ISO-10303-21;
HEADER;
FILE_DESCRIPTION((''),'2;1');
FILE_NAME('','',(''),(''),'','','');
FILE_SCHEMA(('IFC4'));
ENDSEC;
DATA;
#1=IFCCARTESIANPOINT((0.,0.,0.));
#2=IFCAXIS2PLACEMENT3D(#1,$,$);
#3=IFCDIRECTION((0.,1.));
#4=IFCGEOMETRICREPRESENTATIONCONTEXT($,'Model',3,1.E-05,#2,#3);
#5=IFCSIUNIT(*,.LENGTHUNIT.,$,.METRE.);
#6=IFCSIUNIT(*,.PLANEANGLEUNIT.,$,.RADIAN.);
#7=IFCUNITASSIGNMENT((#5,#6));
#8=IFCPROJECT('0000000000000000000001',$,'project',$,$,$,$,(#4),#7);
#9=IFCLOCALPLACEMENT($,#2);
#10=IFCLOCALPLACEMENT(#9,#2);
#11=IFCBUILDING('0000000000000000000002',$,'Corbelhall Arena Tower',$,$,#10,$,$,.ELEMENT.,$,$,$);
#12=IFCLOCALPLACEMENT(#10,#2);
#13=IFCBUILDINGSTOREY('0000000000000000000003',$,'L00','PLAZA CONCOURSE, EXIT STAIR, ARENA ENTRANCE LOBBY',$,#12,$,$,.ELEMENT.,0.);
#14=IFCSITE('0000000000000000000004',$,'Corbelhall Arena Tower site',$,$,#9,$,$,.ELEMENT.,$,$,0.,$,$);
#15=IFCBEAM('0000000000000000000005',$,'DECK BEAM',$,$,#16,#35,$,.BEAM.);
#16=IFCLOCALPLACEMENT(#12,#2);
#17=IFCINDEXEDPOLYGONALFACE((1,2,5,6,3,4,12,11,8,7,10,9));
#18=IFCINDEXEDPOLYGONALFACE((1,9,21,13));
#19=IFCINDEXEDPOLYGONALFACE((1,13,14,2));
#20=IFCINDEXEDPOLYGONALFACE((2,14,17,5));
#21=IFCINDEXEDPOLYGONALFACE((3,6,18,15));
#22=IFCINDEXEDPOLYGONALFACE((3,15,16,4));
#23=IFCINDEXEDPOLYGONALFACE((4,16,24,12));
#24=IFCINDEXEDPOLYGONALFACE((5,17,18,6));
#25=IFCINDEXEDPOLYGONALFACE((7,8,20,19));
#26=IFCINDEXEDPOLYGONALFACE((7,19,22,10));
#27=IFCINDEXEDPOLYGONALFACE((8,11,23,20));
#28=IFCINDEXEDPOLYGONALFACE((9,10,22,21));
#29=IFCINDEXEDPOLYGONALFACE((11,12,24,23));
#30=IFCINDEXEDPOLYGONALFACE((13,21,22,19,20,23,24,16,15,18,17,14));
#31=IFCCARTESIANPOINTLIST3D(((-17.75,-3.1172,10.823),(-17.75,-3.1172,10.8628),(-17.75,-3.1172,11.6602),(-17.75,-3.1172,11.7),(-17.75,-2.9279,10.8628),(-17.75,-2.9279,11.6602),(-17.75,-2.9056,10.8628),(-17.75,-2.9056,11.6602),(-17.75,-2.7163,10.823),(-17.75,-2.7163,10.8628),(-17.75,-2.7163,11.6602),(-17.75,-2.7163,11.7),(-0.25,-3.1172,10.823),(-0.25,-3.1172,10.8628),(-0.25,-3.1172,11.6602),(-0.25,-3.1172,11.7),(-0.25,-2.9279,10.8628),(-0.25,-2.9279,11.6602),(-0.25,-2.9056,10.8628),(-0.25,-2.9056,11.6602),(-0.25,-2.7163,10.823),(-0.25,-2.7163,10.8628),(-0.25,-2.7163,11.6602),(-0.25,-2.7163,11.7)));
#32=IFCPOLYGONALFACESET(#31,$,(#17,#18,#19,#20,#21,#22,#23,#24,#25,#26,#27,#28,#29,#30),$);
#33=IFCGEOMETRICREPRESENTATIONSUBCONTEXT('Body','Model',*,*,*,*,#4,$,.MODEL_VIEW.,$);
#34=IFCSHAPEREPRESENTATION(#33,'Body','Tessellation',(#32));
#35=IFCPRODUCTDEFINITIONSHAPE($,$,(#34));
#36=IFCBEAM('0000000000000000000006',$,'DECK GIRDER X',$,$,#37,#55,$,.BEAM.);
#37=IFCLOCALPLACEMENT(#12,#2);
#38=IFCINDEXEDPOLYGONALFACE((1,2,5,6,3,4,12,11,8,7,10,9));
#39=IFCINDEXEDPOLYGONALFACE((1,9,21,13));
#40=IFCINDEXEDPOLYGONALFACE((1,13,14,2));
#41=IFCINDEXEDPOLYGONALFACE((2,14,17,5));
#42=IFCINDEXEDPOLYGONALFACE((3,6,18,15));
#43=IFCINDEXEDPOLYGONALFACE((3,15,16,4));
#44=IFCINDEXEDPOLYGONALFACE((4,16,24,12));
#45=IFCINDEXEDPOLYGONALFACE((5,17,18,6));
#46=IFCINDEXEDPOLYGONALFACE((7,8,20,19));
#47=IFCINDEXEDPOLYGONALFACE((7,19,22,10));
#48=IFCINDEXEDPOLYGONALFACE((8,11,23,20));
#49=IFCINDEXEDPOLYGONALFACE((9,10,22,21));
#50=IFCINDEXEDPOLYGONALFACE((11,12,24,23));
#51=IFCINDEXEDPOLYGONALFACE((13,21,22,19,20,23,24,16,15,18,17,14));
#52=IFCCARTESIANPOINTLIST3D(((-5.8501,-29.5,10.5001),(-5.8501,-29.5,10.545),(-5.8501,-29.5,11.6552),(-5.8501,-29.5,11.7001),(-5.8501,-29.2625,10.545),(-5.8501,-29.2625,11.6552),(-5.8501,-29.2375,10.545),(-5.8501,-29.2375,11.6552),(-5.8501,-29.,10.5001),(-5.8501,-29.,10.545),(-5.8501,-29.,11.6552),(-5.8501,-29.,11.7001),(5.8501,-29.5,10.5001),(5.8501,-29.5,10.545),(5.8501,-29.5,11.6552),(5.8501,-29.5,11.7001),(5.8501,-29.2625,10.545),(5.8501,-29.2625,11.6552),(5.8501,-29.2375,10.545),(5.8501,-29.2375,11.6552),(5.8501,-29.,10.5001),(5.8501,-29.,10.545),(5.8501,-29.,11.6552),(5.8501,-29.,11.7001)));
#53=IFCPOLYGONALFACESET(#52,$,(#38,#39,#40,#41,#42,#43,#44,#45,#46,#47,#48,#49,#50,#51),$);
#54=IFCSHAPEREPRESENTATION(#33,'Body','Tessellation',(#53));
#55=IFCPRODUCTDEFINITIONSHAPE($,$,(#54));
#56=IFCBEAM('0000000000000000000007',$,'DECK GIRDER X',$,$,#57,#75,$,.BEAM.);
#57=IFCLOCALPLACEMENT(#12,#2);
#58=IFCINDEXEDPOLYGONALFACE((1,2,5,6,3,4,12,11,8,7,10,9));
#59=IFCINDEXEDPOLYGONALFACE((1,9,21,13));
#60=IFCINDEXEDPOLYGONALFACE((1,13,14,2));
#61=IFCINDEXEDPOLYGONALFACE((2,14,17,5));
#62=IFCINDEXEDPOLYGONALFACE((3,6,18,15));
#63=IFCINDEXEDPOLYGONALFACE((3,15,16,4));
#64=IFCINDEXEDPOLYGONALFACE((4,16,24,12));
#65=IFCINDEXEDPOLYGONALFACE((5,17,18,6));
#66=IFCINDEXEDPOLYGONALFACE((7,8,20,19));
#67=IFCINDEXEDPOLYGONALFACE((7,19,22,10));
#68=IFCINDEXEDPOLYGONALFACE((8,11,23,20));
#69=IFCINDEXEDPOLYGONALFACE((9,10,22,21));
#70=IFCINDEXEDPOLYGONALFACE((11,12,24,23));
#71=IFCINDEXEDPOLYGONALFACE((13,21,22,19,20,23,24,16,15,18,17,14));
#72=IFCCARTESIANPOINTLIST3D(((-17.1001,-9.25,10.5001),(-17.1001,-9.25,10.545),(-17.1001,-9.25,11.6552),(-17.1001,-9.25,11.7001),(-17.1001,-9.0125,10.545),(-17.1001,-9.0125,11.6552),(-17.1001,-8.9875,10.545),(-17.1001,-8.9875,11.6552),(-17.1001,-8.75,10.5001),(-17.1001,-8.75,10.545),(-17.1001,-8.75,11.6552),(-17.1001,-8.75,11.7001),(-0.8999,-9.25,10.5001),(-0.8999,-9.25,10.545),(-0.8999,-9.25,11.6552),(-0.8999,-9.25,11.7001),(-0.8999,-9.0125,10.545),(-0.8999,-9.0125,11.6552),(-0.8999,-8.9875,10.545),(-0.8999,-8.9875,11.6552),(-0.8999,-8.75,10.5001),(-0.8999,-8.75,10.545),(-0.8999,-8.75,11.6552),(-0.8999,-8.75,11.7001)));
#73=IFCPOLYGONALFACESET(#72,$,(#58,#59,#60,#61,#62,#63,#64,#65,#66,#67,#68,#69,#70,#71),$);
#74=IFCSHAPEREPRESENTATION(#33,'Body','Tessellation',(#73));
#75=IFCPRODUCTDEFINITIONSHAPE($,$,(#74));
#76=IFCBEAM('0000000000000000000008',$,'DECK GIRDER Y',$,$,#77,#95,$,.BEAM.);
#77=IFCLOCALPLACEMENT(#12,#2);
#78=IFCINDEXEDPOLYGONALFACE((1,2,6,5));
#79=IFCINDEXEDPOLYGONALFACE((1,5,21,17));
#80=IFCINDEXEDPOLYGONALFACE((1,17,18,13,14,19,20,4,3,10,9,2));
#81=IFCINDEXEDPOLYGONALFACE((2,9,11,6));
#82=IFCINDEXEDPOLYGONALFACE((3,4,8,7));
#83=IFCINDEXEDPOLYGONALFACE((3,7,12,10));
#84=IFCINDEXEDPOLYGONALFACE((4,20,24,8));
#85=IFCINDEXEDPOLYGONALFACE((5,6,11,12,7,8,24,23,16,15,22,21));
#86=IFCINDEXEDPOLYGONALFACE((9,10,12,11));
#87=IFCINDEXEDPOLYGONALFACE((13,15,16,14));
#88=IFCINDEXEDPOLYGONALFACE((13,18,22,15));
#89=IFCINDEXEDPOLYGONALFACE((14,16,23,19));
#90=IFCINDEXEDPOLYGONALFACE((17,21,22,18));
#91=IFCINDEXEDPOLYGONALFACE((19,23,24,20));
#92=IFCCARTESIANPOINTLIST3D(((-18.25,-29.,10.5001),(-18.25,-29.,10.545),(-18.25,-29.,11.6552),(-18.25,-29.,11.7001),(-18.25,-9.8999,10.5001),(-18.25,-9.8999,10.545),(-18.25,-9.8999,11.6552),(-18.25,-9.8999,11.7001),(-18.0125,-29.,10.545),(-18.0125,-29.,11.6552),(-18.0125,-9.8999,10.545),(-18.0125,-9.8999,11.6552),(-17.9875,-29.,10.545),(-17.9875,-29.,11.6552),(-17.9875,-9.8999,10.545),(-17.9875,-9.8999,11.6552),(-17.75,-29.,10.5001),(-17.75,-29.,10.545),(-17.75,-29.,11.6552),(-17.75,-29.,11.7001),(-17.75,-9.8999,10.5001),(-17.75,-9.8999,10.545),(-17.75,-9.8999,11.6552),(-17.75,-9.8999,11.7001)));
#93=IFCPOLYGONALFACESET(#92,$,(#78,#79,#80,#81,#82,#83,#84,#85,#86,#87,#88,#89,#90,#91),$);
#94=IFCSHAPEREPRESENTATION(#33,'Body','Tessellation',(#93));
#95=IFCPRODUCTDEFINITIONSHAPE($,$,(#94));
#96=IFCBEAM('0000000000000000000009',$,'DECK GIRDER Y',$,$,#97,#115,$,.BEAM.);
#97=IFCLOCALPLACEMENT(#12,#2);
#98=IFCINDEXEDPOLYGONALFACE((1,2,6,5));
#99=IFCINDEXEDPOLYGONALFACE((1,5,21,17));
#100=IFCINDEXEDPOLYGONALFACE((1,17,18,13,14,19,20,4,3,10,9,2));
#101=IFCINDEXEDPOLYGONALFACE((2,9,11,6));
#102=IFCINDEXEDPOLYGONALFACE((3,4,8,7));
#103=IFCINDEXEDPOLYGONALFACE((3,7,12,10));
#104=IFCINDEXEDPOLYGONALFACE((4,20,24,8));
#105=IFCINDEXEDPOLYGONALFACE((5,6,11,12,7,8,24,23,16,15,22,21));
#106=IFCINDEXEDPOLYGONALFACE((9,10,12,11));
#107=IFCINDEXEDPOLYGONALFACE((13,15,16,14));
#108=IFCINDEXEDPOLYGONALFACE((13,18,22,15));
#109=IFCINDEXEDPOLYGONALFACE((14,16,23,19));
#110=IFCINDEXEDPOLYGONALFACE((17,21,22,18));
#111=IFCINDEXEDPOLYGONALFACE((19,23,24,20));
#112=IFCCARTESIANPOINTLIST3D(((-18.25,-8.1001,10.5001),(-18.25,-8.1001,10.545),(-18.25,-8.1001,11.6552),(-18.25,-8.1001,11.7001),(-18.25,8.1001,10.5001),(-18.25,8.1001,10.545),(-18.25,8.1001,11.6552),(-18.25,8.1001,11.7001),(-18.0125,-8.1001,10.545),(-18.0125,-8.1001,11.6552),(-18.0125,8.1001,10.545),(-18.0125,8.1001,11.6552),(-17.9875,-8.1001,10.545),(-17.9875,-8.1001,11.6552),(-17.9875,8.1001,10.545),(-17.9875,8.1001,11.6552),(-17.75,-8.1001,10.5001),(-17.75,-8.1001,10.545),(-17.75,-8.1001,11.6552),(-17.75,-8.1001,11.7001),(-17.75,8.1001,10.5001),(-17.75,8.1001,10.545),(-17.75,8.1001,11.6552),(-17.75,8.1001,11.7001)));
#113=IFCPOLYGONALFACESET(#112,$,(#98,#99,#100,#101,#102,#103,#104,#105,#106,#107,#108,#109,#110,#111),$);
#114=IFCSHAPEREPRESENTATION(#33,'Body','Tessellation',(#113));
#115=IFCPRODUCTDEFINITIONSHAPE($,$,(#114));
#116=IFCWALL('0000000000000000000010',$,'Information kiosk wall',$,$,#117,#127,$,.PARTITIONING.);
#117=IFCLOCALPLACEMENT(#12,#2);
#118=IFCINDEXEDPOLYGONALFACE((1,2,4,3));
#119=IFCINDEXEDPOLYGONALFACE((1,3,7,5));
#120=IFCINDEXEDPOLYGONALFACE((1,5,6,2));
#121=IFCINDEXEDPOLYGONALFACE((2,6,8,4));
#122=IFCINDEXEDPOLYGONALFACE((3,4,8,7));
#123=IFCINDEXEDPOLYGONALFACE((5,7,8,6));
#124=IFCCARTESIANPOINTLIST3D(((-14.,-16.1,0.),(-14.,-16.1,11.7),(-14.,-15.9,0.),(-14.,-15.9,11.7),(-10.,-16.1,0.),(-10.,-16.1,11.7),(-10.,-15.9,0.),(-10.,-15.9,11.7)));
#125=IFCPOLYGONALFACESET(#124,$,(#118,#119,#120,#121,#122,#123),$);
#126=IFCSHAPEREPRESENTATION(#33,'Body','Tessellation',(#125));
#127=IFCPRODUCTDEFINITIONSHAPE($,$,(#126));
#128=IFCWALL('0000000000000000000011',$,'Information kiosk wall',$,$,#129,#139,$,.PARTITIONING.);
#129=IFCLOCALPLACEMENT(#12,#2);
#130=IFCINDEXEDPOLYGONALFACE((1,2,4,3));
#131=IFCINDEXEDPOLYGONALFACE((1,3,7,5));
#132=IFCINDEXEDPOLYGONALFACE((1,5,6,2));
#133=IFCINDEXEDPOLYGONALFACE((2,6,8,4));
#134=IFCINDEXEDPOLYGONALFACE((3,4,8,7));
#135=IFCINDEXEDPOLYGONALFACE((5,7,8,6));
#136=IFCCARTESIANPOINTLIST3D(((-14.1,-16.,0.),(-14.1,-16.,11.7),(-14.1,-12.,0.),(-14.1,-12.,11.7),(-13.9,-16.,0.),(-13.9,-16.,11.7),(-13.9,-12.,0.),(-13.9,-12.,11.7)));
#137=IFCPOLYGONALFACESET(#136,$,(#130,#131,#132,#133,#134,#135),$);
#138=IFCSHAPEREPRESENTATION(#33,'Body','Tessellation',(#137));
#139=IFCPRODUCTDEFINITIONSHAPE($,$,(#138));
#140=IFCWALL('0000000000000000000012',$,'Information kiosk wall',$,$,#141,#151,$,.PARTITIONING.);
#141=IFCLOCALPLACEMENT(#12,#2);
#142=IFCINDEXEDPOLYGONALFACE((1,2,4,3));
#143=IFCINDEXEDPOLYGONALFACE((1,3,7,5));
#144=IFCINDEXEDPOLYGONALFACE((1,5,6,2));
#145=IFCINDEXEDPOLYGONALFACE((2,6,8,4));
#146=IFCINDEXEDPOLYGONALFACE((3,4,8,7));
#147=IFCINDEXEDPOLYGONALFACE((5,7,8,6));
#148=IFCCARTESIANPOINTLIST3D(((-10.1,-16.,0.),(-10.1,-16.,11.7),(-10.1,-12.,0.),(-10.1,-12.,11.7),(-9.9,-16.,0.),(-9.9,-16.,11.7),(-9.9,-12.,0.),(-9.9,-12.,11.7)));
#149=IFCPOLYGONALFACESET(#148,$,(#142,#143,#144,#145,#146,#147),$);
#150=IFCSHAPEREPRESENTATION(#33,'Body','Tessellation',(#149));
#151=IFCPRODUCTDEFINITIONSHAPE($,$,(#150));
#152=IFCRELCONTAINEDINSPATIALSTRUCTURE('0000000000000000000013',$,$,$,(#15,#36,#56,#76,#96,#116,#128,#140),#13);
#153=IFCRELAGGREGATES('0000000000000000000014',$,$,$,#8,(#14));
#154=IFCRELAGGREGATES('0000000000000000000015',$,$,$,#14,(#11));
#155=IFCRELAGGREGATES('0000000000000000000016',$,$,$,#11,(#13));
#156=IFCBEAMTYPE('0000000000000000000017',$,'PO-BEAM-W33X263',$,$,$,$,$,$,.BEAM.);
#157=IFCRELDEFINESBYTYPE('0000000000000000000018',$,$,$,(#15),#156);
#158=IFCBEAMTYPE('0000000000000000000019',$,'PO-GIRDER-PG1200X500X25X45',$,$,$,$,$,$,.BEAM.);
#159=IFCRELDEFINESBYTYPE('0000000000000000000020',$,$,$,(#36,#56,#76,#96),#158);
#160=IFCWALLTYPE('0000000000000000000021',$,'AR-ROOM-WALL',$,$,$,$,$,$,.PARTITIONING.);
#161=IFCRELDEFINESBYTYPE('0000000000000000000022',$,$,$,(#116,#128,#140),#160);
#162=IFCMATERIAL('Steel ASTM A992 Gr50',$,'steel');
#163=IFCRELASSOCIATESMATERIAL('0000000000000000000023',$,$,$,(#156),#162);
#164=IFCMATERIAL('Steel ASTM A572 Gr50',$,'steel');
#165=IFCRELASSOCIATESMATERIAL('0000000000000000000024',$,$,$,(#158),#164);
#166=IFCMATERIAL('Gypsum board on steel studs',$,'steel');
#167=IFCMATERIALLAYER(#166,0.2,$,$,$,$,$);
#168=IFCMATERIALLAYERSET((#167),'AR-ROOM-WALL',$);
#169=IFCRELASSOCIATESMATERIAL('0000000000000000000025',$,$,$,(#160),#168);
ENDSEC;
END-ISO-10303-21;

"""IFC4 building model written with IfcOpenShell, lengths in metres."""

from ifc_helpers import new_model, si_unit, direction, frame, frame_2d, origin, origin_2d, place, context, subcontext, project, spatial, rectangle, i_section, extrude, material, layer, layer_set, material_profile, profile_set, type_object, element, save


model = new_model("IFC4")

# Units and contexts
model_context = context("Model", 3, precision=1e-05, world=origin(), true_north=direction((0.0, 1.0)))
body_context = subcontext(model_context, "Body", "Model", "MODEL_VIEW")
ifc_project = project(units=[si_unit("LENGTHUNIT", "METRE"), si_unit("PLANEANGLEUNIT", "RADIAN")], contexts=[model_context])

# Site, building, storey
site_placement = place(None, origin())
site = spatial("IfcSite", under=ifc_project, at=site_placement, Name="Corbelhall Arena Tower site", CompositionType="ELEMENT", RefElevation=0.0)
building_placement = place(site_placement, origin())
building = spatial("IfcBuilding", under=site, at=building_placement, Name="Corbelhall Arena Tower", CompositionType="ELEMENT")
storey_placement = place(building_placement, origin())
storey = spatial("IfcBuildingStorey", under=building, at=storey_placement, Name="L00", Description="PLAZA CONCOURSE, EXIT STAIR, ARENA ENTRANCE LOBBY", CompositionType="ELEMENT", Elevation=0.0)

# Beams
ifc_material_1 = material(Name="Steel ASTM A572 Gr50", Category="steel")
ifc_material_2 = material(Name="Steel ASTM A992 Gr50", Category="steel")
ifc_material_profile_1 = material_profile(ifc_material_2, i_section(OverallWidth=0.4009, OverallDepth=0.877, WebThickness=0.0222, FlangeThickness=0.0398, at=origin_2d()))
ifc_profile_set_1 = profile_set([ifc_material_profile_1], Name="Steel ASTM A992 Gr50")
beam_type_1 = type_object("IfcBeamType", Name="PO-BEAM-W33X263", PredefinedType="BEAM", material=ifc_profile_set_1)
for number, where, z_axis, x_axis, name in (
    (1, (-17.75, -2.9167, 11.2615), (1.0, 0.0, 0.0), (0.0, 1.0, 0.0), "DECK BEAM"),
):
    element("IfcBeam", number, at=place(storey_placement, frame(where, z_axis=z_axis, x_axis=x_axis)), inside=storey, type_object=beam_type_1, Name=name, PredefinedType="BEAM", context=body_context, shape_type="SweptSolid", body=[
        extrude(i_section(OverallWidth=0.4009, OverallDepth=0.877, WebThickness=0.0222, FlangeThickness=0.0398, at=origin_2d()), origin(), (0.0, 0.0, 1.0), 17.5),
    ])
ifc_material_profile_2 = material_profile(ifc_material_1, i_section(OverallWidth=0.5, OverallDepth=1.2, WebThickness=0.0249, FlangeThickness=0.0449, at=origin_2d()))
ifc_profile_set_2 = profile_set([ifc_material_profile_2], Name="Steel ASTM A572 Gr50")
beam_type_2 = type_object("IfcBeamType", Name="PO-GIRDER-PG1200X500X25X45", PredefinedType="BEAM", material=ifc_profile_set_2)
beam_1_placement = place(storey_placement, frame((-5.8501, -29.25, 11.1001), z_axis=(1.0, 0.0, 0.0), x_axis=(0.0, 1.0, 0.0)))
element("IfcBeam", 2, at=beam_1_placement, inside=storey, type_object=beam_type_2, Name="DECK GIRDER X", PredefinedType="BEAM", context=body_context, shape_type="SweptSolid", body=[
    extrude(i_section(OverallWidth=0.5, OverallDepth=1.2, WebThickness=0.0249, FlangeThickness=0.0449, at=origin_2d()), origin(), (0.0, 0.0, 1.0), 11.7002),
])
beam_2_placement = place(storey_placement, frame((-17.1001, -9.0, 11.1001), z_axis=(1.0, 0.0, 0.0), x_axis=(0.0, 1.0, 0.0)))
element("IfcBeam", 3, at=beam_2_placement, inside=storey, type_object=beam_type_2, Name="DECK GIRDER X", PredefinedType="BEAM", context=body_context, shape_type="SweptSolid", body=[
    extrude(i_section(OverallWidth=0.5, OverallDepth=1.2, WebThickness=0.0249, FlangeThickness=0.0449, at=origin_2d()), origin(), (0.0, 0.0, 1.0), 16.2002),
])
beam_3_placement = place(storey_placement, frame((-18.0, -29.0, 11.1001), z_axis=(0.0, 1.0, 0.0), x_axis=(-1.0, 0.0, 0.0)))
element("IfcBeam", 4, at=beam_3_placement, inside=storey, type_object=beam_type_2, Name="DECK GIRDER Y", PredefinedType="BEAM", context=body_context, shape_type="SweptSolid", body=[
    extrude(i_section(OverallWidth=0.5, OverallDepth=1.2, WebThickness=0.0249, FlangeThickness=0.0449, at=origin_2d()), origin(), (0.0, 0.0, 1.0), 19.1001),
])
beam_4_placement = place(storey_placement, frame((-18.0, -8.1001, 11.1001), z_axis=(0.0, 1.0, 0.0), x_axis=(-1.0, 0.0, 0.0)))
element("IfcBeam", 5, at=beam_4_placement, inside=storey, type_object=beam_type_2, Name="DECK GIRDER Y", PredefinedType="BEAM", context=body_context, shape_type="SweptSolid", body=[
    extrude(i_section(OverallWidth=0.5, OverallDepth=1.2, WebThickness=0.0249, FlangeThickness=0.0449, at=origin_2d()), origin(), (0.0, 0.0, 1.0), 16.2002),
])

# Wall
ifc_material_3 = material(Name="Gypsum board on steel studs", Category="steel")
ifc_layer_1 = layer(ifc_material_3, 0.2)
ifc_layer_set_1 = layer_set([ifc_layer_1], Name="AR-ROOM-WALL")
wall_type = type_object("IfcWallType", Name="AR-ROOM-WALL", PredefinedType="PARTITIONING", material=ifc_layer_set_1)
wall_1_placement = place(storey_placement, frame((-14.0, -16.0, 0.0), z_axis=(0.0, 0.0, 1.0), x_axis=(1.0, 0.0, 0.0)))
element("IfcWall", 6, at=wall_1_placement, inside=storey, type_object=wall_type, Name="Information kiosk wall", PredefinedType="PARTITIONING", context=body_context, shape_type="SweptSolid", body=[
    extrude(rectangle(XDim=4.0, YDim=0.2, at=frame_2d((2.0, 0.0))), origin(), (0.0, 0.0, 1.0), 11.7),
])

# Walls
for number, where, z_axis, x_axis, name in (
    (7, (-14.0, -12.0, 0.0), (0.0, 0.0, 1.0), (0.0, -1.0, 0.0), "Information kiosk wall"),
    (8, (-10.0, -16.0, 0.0), (0.0, 0.0, 1.0), (0.0, 1.0, 0.0), "Information kiosk wall"),
):
    element("IfcWall", number, at=place(storey_placement, frame(where, z_axis=z_axis, x_axis=x_axis)), inside=storey, type_object=wall_type, Name=name, PredefinedType="PARTITIONING", context=body_context, shape_type="SweptSolid", body=[
        extrude(rectangle(XDim=4.0, YDim=0.2, at=frame_2d((2.0, 0.0))), origin(), (0.0, 0.0, 1.0), 11.7),
    ])

save(model, "model.ifc")
